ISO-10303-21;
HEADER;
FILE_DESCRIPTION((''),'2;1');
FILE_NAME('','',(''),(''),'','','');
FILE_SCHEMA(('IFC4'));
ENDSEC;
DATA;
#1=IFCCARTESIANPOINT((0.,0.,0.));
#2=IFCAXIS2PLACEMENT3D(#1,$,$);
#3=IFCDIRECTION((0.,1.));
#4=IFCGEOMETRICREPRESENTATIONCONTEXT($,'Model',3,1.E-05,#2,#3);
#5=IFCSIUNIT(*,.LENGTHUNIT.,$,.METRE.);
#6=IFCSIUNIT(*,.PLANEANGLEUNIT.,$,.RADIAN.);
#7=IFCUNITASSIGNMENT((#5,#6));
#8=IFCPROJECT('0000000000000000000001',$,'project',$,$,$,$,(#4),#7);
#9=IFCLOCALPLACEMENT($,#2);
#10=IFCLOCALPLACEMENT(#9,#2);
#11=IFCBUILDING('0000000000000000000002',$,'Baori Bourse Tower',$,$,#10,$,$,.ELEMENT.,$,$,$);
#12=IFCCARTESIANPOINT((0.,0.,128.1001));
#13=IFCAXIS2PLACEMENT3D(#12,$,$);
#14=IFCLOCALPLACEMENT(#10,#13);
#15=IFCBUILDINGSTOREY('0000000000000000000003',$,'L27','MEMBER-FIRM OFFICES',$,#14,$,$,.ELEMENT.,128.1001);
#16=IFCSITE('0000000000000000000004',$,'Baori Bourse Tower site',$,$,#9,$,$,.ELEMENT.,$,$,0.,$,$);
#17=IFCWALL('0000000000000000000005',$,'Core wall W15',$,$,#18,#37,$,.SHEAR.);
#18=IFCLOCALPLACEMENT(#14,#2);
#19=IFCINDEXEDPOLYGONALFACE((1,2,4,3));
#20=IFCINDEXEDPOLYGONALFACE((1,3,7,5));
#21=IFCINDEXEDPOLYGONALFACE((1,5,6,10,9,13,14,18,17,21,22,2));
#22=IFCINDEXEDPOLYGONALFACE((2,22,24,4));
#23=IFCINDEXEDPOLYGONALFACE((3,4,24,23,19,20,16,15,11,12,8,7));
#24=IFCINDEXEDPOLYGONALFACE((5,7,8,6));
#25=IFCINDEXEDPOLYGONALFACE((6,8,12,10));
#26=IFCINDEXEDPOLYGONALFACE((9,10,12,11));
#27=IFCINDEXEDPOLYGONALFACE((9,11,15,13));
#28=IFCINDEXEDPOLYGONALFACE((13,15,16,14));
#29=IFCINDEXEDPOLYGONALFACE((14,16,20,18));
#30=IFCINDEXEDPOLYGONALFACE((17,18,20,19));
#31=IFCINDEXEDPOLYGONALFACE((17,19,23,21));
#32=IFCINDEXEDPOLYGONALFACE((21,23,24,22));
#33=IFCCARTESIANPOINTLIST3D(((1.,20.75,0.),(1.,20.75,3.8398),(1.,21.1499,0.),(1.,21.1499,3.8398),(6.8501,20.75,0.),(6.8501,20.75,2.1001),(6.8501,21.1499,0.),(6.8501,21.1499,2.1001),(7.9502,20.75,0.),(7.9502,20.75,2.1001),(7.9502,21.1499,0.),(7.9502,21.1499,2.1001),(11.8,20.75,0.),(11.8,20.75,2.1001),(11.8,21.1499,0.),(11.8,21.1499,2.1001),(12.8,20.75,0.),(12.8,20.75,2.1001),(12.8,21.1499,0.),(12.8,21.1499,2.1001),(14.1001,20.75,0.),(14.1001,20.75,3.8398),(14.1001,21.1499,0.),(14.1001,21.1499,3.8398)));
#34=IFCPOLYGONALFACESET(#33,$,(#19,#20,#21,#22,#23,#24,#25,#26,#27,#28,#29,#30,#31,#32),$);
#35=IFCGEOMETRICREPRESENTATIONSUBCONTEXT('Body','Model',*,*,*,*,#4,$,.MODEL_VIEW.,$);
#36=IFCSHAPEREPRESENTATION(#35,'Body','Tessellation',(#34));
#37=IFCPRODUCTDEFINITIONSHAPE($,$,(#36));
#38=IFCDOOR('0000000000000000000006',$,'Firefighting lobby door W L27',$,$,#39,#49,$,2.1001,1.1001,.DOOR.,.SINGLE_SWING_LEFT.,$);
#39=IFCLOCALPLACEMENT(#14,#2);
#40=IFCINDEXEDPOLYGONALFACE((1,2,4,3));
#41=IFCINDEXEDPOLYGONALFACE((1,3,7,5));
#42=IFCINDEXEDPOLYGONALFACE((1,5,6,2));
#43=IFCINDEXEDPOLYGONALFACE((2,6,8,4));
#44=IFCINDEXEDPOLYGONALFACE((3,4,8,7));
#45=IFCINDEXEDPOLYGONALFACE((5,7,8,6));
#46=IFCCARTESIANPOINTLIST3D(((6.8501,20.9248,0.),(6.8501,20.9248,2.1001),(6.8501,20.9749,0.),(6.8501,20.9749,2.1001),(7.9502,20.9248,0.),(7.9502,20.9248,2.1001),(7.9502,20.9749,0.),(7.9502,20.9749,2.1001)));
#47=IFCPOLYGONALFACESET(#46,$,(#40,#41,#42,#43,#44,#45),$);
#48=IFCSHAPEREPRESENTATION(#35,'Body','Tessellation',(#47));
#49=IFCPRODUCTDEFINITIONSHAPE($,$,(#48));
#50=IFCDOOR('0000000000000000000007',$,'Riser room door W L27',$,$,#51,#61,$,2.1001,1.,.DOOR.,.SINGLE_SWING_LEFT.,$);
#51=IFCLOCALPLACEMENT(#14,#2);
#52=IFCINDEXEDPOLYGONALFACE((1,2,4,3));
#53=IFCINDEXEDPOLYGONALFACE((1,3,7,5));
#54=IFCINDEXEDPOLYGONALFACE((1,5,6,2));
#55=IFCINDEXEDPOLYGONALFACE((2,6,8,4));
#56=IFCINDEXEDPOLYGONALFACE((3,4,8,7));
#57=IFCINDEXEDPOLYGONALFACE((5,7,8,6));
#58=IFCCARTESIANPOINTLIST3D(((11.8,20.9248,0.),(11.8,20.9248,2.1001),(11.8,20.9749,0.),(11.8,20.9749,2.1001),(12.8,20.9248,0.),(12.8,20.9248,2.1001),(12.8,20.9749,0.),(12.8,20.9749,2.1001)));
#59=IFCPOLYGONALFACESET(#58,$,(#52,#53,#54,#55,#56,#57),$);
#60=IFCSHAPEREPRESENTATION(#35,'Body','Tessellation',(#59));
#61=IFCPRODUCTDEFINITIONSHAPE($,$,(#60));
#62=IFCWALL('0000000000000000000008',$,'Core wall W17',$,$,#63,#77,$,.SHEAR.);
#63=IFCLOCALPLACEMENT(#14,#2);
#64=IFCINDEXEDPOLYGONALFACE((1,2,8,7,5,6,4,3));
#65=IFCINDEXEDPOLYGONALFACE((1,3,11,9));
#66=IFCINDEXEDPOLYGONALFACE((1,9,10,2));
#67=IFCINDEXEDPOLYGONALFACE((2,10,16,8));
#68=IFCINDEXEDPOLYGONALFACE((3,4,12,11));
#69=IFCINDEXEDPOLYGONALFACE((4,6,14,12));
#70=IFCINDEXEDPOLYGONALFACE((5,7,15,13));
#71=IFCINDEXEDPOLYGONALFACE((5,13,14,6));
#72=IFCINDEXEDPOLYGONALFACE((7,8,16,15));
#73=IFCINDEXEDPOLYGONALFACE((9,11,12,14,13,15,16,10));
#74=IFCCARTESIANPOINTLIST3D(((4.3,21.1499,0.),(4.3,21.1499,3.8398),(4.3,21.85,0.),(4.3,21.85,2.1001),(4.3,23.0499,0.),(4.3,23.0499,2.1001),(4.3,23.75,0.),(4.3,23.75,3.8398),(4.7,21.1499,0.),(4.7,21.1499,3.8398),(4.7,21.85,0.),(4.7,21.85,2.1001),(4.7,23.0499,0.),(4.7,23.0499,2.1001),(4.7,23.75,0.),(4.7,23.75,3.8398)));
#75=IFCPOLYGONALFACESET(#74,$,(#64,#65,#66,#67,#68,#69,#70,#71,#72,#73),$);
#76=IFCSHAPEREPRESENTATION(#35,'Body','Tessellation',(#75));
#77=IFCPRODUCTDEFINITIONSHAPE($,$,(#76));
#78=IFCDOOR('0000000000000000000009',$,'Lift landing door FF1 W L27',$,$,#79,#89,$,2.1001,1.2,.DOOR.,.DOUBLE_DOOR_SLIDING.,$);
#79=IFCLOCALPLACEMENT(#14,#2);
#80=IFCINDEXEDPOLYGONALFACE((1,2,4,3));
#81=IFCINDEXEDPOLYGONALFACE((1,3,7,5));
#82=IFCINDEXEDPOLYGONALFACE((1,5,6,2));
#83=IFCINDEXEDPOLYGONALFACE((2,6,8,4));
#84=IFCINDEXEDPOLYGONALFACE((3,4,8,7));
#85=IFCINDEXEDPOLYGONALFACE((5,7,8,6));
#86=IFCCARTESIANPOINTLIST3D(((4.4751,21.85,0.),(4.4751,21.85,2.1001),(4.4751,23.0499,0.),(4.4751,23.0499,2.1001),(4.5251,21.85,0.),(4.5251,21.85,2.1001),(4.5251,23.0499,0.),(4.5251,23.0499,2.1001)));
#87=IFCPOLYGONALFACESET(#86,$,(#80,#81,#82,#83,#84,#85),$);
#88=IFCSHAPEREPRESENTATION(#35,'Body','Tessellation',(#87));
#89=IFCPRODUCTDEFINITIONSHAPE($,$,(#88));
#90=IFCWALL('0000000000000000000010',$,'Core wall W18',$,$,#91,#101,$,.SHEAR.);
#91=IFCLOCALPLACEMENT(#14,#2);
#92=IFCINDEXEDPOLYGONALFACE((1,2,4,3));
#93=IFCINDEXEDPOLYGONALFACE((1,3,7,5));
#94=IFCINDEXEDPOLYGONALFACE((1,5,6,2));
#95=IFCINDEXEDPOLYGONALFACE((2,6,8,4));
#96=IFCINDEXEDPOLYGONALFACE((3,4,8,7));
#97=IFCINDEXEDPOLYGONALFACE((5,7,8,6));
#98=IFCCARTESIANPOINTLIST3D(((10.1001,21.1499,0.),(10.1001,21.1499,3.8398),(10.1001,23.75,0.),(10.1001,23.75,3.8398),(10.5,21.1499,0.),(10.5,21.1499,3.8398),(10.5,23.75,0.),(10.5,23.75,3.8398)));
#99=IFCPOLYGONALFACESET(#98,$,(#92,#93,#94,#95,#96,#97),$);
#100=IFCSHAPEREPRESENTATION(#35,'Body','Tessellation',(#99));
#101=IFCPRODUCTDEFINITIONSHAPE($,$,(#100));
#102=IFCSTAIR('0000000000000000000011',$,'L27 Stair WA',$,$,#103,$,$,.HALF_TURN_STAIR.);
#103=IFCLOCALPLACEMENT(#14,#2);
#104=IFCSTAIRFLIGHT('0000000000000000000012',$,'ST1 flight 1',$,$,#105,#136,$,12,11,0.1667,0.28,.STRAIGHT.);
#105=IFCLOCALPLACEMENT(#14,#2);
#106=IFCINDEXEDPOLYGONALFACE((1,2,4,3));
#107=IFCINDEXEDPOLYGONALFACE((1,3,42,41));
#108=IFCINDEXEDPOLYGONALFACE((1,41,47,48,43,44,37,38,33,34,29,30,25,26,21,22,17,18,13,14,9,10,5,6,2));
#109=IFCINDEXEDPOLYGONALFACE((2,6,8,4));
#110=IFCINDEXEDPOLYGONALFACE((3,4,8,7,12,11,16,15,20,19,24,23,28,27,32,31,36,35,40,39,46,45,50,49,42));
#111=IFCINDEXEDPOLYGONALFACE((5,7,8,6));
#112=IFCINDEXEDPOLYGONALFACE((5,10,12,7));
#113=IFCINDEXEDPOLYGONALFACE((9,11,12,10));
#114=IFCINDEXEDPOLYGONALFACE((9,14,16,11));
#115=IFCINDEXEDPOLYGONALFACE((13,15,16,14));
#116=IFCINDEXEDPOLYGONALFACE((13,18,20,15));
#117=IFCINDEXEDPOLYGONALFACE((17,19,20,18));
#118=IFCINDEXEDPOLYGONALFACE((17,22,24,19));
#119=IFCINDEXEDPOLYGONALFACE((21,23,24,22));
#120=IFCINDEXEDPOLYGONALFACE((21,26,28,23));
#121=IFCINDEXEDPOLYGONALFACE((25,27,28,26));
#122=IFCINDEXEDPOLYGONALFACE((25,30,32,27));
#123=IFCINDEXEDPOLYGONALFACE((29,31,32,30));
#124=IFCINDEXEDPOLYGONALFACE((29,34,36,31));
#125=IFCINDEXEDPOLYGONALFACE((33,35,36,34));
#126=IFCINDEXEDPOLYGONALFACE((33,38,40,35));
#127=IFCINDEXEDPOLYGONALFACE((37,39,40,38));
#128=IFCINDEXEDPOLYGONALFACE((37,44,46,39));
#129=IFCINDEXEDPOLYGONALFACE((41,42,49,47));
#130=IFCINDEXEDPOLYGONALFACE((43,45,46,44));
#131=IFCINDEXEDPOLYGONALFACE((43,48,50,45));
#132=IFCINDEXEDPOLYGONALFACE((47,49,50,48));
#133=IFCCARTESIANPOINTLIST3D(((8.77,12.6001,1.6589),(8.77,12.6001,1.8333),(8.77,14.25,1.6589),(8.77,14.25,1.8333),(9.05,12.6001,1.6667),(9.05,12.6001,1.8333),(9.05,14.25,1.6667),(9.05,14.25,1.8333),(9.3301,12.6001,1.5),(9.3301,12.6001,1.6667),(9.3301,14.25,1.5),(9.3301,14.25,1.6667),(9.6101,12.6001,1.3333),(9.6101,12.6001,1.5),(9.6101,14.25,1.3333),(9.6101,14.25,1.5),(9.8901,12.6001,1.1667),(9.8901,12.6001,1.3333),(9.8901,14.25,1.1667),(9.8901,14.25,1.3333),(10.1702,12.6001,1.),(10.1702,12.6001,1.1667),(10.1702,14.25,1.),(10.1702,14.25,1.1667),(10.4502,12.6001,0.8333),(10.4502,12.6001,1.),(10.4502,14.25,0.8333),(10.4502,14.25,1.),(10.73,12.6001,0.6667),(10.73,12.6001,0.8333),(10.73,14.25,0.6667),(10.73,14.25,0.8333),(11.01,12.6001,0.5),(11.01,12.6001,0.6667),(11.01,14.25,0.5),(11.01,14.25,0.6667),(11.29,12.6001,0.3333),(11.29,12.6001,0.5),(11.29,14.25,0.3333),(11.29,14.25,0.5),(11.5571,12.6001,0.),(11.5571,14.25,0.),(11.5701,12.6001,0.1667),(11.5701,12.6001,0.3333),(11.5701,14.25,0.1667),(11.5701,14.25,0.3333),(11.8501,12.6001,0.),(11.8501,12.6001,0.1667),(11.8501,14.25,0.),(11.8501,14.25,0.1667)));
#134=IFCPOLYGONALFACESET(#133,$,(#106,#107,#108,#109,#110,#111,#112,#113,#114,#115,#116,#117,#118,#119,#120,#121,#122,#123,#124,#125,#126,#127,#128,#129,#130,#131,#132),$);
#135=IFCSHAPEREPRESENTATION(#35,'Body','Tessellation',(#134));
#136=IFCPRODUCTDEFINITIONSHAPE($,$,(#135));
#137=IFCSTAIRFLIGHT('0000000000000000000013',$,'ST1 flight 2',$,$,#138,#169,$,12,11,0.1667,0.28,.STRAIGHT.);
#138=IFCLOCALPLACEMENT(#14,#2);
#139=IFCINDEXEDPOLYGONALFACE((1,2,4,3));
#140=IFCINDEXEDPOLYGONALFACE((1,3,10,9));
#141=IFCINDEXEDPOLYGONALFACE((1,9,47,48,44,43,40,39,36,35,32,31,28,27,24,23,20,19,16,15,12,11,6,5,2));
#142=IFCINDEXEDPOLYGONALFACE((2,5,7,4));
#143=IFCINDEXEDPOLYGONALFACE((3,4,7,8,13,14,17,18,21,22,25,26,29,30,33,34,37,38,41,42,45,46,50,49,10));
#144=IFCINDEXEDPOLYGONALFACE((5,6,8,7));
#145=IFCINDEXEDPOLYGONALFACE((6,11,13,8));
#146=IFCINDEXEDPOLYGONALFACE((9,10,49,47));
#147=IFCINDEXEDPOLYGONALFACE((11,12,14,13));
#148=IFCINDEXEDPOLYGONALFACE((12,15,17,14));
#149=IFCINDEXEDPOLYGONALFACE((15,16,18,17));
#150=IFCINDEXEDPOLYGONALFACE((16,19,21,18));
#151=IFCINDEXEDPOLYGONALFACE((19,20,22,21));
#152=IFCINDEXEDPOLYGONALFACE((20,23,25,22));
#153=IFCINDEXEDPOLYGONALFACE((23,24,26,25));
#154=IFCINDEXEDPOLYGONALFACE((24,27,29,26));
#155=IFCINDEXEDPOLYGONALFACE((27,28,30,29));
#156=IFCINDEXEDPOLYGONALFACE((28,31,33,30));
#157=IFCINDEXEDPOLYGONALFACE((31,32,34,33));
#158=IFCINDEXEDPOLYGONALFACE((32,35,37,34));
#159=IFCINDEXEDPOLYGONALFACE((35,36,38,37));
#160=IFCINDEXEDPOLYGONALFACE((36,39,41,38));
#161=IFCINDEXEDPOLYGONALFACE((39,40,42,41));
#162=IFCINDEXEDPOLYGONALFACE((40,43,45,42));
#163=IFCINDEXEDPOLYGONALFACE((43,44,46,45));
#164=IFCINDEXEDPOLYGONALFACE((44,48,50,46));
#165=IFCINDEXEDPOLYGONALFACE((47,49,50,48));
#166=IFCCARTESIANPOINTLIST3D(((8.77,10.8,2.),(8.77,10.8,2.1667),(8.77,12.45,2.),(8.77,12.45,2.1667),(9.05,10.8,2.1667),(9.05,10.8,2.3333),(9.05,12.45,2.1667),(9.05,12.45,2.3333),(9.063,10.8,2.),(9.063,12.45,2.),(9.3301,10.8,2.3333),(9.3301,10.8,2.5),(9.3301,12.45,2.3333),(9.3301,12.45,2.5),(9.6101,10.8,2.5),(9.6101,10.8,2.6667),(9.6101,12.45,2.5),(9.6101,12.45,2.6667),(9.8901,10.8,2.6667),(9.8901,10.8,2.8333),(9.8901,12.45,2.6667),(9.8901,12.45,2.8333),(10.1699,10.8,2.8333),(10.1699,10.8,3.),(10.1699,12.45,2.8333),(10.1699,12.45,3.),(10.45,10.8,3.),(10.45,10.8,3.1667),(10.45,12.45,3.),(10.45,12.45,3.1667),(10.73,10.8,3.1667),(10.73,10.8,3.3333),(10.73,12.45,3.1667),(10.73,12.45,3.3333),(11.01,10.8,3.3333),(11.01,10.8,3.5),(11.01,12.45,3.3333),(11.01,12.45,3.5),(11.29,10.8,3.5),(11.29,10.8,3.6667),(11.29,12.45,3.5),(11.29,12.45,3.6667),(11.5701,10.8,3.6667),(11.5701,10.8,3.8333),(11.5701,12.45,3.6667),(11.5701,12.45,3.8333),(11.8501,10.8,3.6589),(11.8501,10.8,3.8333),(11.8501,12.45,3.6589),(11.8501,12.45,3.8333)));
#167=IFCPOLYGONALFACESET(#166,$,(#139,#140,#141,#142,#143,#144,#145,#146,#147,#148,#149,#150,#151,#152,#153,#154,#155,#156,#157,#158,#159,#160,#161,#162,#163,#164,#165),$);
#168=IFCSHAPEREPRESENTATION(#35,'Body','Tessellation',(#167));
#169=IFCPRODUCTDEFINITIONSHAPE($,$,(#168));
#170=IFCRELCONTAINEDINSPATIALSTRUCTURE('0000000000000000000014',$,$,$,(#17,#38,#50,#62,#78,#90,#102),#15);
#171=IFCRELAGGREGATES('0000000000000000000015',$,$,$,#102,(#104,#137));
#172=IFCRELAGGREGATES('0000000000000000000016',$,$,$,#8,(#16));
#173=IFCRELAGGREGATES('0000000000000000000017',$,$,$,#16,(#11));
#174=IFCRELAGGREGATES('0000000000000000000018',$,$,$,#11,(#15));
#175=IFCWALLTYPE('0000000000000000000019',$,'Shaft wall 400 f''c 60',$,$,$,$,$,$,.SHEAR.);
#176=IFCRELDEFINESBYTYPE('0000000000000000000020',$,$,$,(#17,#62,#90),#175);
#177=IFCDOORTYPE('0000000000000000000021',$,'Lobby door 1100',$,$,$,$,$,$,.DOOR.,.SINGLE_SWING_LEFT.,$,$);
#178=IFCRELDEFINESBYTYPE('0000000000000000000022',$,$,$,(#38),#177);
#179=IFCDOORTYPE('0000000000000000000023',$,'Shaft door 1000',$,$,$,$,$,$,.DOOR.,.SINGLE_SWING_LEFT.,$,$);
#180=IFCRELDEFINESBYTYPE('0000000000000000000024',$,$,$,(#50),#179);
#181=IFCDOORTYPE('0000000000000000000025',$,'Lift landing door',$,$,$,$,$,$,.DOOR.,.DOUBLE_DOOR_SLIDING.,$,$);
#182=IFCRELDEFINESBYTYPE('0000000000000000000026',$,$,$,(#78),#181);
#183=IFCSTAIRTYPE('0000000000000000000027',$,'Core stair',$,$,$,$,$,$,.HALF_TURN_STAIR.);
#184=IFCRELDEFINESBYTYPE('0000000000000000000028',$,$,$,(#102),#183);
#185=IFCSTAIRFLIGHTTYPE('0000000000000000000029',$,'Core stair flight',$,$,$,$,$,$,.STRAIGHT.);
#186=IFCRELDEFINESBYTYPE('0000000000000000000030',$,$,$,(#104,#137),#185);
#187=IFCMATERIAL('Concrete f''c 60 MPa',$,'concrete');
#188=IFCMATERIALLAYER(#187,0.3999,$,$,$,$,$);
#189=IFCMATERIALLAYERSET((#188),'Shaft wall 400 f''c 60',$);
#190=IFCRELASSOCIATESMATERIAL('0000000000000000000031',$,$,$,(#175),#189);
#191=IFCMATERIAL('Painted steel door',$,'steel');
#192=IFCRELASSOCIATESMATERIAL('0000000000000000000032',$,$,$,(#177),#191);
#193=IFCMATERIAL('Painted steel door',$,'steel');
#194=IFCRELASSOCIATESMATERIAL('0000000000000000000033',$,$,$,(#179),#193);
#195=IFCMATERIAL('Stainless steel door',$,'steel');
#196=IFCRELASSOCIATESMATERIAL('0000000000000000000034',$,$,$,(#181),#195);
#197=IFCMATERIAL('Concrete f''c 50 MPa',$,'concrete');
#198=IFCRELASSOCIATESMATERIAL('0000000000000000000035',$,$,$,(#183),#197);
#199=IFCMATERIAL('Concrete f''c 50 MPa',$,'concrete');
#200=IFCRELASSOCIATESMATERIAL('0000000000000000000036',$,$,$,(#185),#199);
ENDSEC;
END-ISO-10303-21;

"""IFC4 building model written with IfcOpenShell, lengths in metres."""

from ifc_helpers import new_model, si_unit, direction, frame, frame_2d, origin, place, context, subcontext, project, spatial, polyline, rectangle, outline, extrude, material, layer, layer_set, type_object, element, fill, aggregate, save


model = new_model("IFC4")

# Units and contexts
model_context = context("Model", 3, precision=1e-05, world=origin(), true_north=direction((0.0, 1.0)))
body_context = subcontext(model_context, "Body", "Model", "MODEL_VIEW")
ifc_project = project(units=[si_unit("LENGTHUNIT", "METRE"), si_unit("PLANEANGLEUNIT", "RADIAN")], contexts=[model_context])

# Site, building, storey
site_placement = place(None, origin())
site = spatial("IfcSite", under=ifc_project, at=site_placement, Name="Baori Bourse Tower site", CompositionType="ELEMENT", RefElevation=0.0)
building_placement = place(site_placement, origin())
building = spatial("IfcBuilding", under=site, at=building_placement, Name="Baori Bourse Tower", CompositionType="ELEMENT")
storey_placement = place(building_placement, frame((0.0, 0.0, 128.1001)))
storey = spatial("IfcBuildingStorey", under=building, at=storey_placement, Name="L27", Description="MEMBER-FIRM OFFICES", CompositionType="ELEMENT", Elevation=128.1001)

# Shared definitions
ifc_material_1 = material(Name="Concrete f'c 60 MPa", Category="concrete")
ifc_layer_1 = layer(ifc_material_1, 0.3999)
ifc_layer_set_1 = layer_set([ifc_layer_1], Name="Shaft wall 400 f'c 60")
wall_type_1 = type_object("IfcWallType", Name="Shaft wall 400 f'c 60", PredefinedType="SHEAR", material=ifc_layer_set_1)

# Wall, openings, doors
wall_1_placement = place(storey_placement, frame((1.0, 20.95, 0.0), z_axis=(0.0, 0.0, 1.0), x_axis=(1.0, 0.0, 0.0)))
wall_1 = element("IfcWall", 1, at=wall_1_placement, inside=storey, type_object=wall_type_1, Name="Core wall W15", PredefinedType="SHEAR", context=body_context, shape_type="SweptSolid", body=[
    extrude(rectangle(XDim=13.1001, YDim=0.3999, at=frame_2d((6.55, 0.0))), origin(), (0.0, 0.0, 1.0), 3.8398),
])
opening_1_placement = place(wall_1_placement, frame((5.8501, 0.0, 0.0)))
opening_1 = element("IfcOpeningElement", 2, at=opening_1_placement, cuts=wall_1, PredefinedType="OPENING", context=body_context, shape_type="SweptSolid", body=[
    extrude(rectangle(XDim=1.1001, YDim=2.1001, at=frame_2d((0.55, 1.05))), frame((0.0, 0.21, 0.0), z_axis=(0.0, -1.0, 0.0), x_axis=(1.0, 0.0, 0.0)), (0.0, 0.0, 1.0), 0.4199),
])
opening_2_placement = place(wall_1_placement, frame((10.8, 0.0, 0.0)))
opening_2 = element("IfcOpeningElement", 3, at=opening_2_placement, cuts=wall_1, PredefinedType="OPENING", context=body_context, shape_type="SweptSolid", body=[
    extrude(rectangle(XDim=1.0, YDim=2.1001, at=frame_2d((0.5, 1.05))), frame((0.0, 0.21, 0.0), z_axis=(0.0, -1.0, 0.0), x_axis=(1.0, 0.0, 0.0)), (0.0, 0.0, 1.0), 0.4199),
])
ifc_material_2 = material(Name="Painted steel door", Category="steel")
door_type_1 = type_object("IfcDoorType", Name="Lobby door 1100", OperationType="SINGLE_SWING_LEFT", PredefinedType="DOOR", material=ifc_material_2)
door_1_placement = place(opening_1_placement, origin())
door_1 = element("IfcDoor", 4, at=door_1_placement, inside=storey, type_object=door_type_1, Name="Firefighting lobby door W L27", OperationType="SINGLE_SWING_LEFT", OverallHeight=2.1001, OverallWidth=1.1001, PredefinedType="DOOR", context=body_context, shape_type="SweptSolid", body=[
    extrude(rectangle(XDim=1.1001, YDim=2.1001, at=frame_2d((0.55, 1.05))), frame((0.0, 0.0249, 0.0), z_axis=(0.0, -1.0, 0.0), x_axis=(1.0, 0.0, 0.0)), (0.0, 0.0, 1.0), 0.05),
])
fill(opening_1, door_1)
ifc_material_3 = material(Name="Painted steel door", Category="steel")
door_type_2 = type_object("IfcDoorType", Name="Shaft door 1000", OperationType="SINGLE_SWING_LEFT", PredefinedType="DOOR", material=ifc_material_3)
door_2_placement = place(opening_2_placement, origin())
door_2 = element("IfcDoor", 5, at=door_2_placement, inside=storey, type_object=door_type_2, Name="Riser room door W L27", OperationType="SINGLE_SWING_LEFT", OverallHeight=2.1001, OverallWidth=1.0, PredefinedType="DOOR", context=body_context, shape_type="SweptSolid", body=[
    extrude(rectangle(XDim=1.0, YDim=2.1001, at=frame_2d((0.5, 1.05))), frame((0.0, 0.0249, 0.0), z_axis=(0.0, -1.0, 0.0), x_axis=(1.0, 0.0, 0.0)), (0.0, 0.0, 1.0), 0.05),
])
fill(opening_2, door_2)

# Wall, opening, door
wall_2_placement = place(storey_placement, frame((4.5, 21.1499, 0.0), z_axis=(0.0, 0.0, 1.0), x_axis=(0.0, 1.0, 0.0)))
wall_2 = element("IfcWall", 6, at=wall_2_placement, inside=storey, type_object=wall_type_1, Name="Core wall W17", PredefinedType="SHEAR", context=body_context, shape_type="SweptSolid", body=[
    extrude(rectangle(XDim=2.6001, YDim=0.3999, at=frame_2d((1.3, 0.0))), origin(), (0.0, 0.0, 1.0), 3.8398),
])
opening_3_placement = place(wall_2_placement, frame((0.7, 0.0, 0.0)))
opening_3 = element("IfcOpeningElement", 7, at=opening_3_placement, cuts=wall_2, PredefinedType="OPENING", context=body_context, shape_type="SweptSolid", body=[
    extrude(rectangle(XDim=1.2, YDim=2.1001, at=frame_2d((0.6001, 1.05))), frame((0.0, 0.21, 0.0), z_axis=(0.0, -1.0, 0.0), x_axis=(1.0, 0.0, 0.0)), (0.0, 0.0, 1.0), 0.4199),
])
ifc_material_4 = material(Name="Stainless steel door", Category="steel")
door_type_3 = type_object("IfcDoorType", Name="Lift landing door", OperationType="DOUBLE_DOOR_SLIDING", PredefinedType="DOOR", material=ifc_material_4)
door_3_placement = place(opening_3_placement, origin())
door_3 = element("IfcDoor", 8, at=door_3_placement, inside=storey, type_object=door_type_3, Name="Lift landing door FF1 W L27", OperationType="DOUBLE_DOOR_SLIDING", OverallHeight=2.1001, OverallWidth=1.2, PredefinedType="DOOR", context=body_context, shape_type="SweptSolid", body=[
    extrude(rectangle(XDim=1.2, YDim=2.1001, at=frame_2d((0.6001, 1.05))), frame((0.0, 0.0249, 0.0), z_axis=(0.0, -1.0, 0.0), x_axis=(1.0, 0.0, 0.0)), (0.0, 0.0, 1.0), 0.05),
])
fill(opening_3, door_3)

# Wall
wall_3_placement = place(storey_placement, frame((10.3, 21.1499, 0.0), z_axis=(0.0, 0.0, 1.0), x_axis=(0.0, 1.0, 0.0)))
element("IfcWall", 9, at=wall_3_placement, inside=storey, type_object=wall_type_1, Name="Core wall W18", PredefinedType="SHEAR", context=body_context, shape_type="SweptSolid", body=[
    extrude(rectangle(XDim=2.6001, YDim=0.3999, at=frame_2d((1.3, 0.0))), origin(), (0.0, 0.0, 1.0), 3.8398),
])

# Stair, stair flights
ifc_material_5 = material(Name="Concrete f'c 50 MPa", Category="concrete")
stair_type = type_object("IfcStairType", Name="Core stair", PredefinedType="HALF_TURN_STAIR", material=ifc_material_5)
stair_placement = place(storey_placement, origin())
stair = element("IfcStair", 10, at=stair_placement, inside=storey, type_object=stair_type, Name="L27 Stair WA", PredefinedType="HALF_TURN_STAIR")
ifc_material_6 = material(Name="Concrete f'c 50 MPa", Category="concrete")
stair_flight_type = type_object("IfcStairFlightType", Name="Core stair flight", PredefinedType="STRAIGHT", material=ifc_material_6)
stair_flight_1_placement = place(storey_placement, frame((11.8501, 13.425, 0.0), z_axis=(0.0, 0.0, 1.0), x_axis=(-1.0, 0.0, 0.0)))
stair_flight_1 = element("IfcStairFlight", 11, at=stair_flight_1_placement, type_object=stair_flight_type, Name="ST1 flight 1", NumberOfRisers=12, NumberOfTreads=11, PredefinedType="STRAIGHT", RiserHeight=0.1667, TreadLength=0.28, context=body_context, shape_type="SweptSolid", body=[
    extrude(outline(polyline([(0.0, 0.0), (0.0, 0.1667), (0.28, 0.1667), (0.28, 0.3333), (0.5601, 0.3333), (0.5601, 0.5), (0.8401, 0.5), (0.8401, 0.6667), (1.1201, 0.6667), (1.1201, 0.8333), (1.3999, 0.8333), (1.3999, 1.0), (1.6799, 1.0), (1.6799, 1.1667), (1.96, 1.1667), (1.96, 1.3333), (2.24, 1.3333), (2.24, 1.5), (2.52, 1.5), (2.52, 1.6667), (2.8, 1.6667), (2.8, 1.8333), (3.0801, 1.8333), (3.0801, 2.0), (3.0801, 1.6589), (0.293, 0.0), (0.0, 0.0)])), frame((0.0, 0.825, 0.0), z_axis=(0.0, -1.0, 0.0), x_axis=(1.0, 0.0, 0.0)), (0.0, 0.0, 1.0), 1.6499),
])
stair_flight_2_placement = place(storey_placement, frame((8.77, 11.625, 2.0), z_axis=(0.0, 0.0, 1.0), x_axis=(1.0, 0.0, 0.0)))
stair_flight_2 = element("IfcStairFlight", 12, at=stair_flight_2_placement, type_object=stair_flight_type, Name="ST1 flight 2", NumberOfRisers=12, NumberOfTreads=11, PredefinedType="STRAIGHT", RiserHeight=0.1667, TreadLength=0.28, context=body_context, shape_type="SweptSolid", body=[
    extrude(outline(polyline([(0.0, 0.0), (0.0, 0.1667), (0.28, 0.1667), (0.28, 0.3333), (0.5601, 0.3333), (0.5601, 0.5), (0.8401, 0.5), (0.8401, 0.6667), (1.1201, 0.6667), (1.1201, 0.8333), (1.3999, 0.8333), (1.3999, 1.0), (1.6799, 1.0), (1.6799, 1.1667), (1.96, 1.1667), (1.96, 1.3333), (2.24, 1.3333), (2.24, 1.5), (2.52, 1.5), (2.52, 1.6667), (2.8, 1.6667), (2.8, 1.8333), (3.0801, 1.8333), (3.0801, 2.0), (3.0801, 1.6589), (0.293, 0.0), (0.0, 0.0)])), frame((0.0, 0.825, 0.0), z_axis=(0.0, -1.0, 0.0), x_axis=(1.0, 0.0, 0.0)), (0.0, 0.0, 1.0), 1.6499),
])
aggregate(stair, [stair_flight_1, stair_flight_2])

save(model, "model.ifc")
